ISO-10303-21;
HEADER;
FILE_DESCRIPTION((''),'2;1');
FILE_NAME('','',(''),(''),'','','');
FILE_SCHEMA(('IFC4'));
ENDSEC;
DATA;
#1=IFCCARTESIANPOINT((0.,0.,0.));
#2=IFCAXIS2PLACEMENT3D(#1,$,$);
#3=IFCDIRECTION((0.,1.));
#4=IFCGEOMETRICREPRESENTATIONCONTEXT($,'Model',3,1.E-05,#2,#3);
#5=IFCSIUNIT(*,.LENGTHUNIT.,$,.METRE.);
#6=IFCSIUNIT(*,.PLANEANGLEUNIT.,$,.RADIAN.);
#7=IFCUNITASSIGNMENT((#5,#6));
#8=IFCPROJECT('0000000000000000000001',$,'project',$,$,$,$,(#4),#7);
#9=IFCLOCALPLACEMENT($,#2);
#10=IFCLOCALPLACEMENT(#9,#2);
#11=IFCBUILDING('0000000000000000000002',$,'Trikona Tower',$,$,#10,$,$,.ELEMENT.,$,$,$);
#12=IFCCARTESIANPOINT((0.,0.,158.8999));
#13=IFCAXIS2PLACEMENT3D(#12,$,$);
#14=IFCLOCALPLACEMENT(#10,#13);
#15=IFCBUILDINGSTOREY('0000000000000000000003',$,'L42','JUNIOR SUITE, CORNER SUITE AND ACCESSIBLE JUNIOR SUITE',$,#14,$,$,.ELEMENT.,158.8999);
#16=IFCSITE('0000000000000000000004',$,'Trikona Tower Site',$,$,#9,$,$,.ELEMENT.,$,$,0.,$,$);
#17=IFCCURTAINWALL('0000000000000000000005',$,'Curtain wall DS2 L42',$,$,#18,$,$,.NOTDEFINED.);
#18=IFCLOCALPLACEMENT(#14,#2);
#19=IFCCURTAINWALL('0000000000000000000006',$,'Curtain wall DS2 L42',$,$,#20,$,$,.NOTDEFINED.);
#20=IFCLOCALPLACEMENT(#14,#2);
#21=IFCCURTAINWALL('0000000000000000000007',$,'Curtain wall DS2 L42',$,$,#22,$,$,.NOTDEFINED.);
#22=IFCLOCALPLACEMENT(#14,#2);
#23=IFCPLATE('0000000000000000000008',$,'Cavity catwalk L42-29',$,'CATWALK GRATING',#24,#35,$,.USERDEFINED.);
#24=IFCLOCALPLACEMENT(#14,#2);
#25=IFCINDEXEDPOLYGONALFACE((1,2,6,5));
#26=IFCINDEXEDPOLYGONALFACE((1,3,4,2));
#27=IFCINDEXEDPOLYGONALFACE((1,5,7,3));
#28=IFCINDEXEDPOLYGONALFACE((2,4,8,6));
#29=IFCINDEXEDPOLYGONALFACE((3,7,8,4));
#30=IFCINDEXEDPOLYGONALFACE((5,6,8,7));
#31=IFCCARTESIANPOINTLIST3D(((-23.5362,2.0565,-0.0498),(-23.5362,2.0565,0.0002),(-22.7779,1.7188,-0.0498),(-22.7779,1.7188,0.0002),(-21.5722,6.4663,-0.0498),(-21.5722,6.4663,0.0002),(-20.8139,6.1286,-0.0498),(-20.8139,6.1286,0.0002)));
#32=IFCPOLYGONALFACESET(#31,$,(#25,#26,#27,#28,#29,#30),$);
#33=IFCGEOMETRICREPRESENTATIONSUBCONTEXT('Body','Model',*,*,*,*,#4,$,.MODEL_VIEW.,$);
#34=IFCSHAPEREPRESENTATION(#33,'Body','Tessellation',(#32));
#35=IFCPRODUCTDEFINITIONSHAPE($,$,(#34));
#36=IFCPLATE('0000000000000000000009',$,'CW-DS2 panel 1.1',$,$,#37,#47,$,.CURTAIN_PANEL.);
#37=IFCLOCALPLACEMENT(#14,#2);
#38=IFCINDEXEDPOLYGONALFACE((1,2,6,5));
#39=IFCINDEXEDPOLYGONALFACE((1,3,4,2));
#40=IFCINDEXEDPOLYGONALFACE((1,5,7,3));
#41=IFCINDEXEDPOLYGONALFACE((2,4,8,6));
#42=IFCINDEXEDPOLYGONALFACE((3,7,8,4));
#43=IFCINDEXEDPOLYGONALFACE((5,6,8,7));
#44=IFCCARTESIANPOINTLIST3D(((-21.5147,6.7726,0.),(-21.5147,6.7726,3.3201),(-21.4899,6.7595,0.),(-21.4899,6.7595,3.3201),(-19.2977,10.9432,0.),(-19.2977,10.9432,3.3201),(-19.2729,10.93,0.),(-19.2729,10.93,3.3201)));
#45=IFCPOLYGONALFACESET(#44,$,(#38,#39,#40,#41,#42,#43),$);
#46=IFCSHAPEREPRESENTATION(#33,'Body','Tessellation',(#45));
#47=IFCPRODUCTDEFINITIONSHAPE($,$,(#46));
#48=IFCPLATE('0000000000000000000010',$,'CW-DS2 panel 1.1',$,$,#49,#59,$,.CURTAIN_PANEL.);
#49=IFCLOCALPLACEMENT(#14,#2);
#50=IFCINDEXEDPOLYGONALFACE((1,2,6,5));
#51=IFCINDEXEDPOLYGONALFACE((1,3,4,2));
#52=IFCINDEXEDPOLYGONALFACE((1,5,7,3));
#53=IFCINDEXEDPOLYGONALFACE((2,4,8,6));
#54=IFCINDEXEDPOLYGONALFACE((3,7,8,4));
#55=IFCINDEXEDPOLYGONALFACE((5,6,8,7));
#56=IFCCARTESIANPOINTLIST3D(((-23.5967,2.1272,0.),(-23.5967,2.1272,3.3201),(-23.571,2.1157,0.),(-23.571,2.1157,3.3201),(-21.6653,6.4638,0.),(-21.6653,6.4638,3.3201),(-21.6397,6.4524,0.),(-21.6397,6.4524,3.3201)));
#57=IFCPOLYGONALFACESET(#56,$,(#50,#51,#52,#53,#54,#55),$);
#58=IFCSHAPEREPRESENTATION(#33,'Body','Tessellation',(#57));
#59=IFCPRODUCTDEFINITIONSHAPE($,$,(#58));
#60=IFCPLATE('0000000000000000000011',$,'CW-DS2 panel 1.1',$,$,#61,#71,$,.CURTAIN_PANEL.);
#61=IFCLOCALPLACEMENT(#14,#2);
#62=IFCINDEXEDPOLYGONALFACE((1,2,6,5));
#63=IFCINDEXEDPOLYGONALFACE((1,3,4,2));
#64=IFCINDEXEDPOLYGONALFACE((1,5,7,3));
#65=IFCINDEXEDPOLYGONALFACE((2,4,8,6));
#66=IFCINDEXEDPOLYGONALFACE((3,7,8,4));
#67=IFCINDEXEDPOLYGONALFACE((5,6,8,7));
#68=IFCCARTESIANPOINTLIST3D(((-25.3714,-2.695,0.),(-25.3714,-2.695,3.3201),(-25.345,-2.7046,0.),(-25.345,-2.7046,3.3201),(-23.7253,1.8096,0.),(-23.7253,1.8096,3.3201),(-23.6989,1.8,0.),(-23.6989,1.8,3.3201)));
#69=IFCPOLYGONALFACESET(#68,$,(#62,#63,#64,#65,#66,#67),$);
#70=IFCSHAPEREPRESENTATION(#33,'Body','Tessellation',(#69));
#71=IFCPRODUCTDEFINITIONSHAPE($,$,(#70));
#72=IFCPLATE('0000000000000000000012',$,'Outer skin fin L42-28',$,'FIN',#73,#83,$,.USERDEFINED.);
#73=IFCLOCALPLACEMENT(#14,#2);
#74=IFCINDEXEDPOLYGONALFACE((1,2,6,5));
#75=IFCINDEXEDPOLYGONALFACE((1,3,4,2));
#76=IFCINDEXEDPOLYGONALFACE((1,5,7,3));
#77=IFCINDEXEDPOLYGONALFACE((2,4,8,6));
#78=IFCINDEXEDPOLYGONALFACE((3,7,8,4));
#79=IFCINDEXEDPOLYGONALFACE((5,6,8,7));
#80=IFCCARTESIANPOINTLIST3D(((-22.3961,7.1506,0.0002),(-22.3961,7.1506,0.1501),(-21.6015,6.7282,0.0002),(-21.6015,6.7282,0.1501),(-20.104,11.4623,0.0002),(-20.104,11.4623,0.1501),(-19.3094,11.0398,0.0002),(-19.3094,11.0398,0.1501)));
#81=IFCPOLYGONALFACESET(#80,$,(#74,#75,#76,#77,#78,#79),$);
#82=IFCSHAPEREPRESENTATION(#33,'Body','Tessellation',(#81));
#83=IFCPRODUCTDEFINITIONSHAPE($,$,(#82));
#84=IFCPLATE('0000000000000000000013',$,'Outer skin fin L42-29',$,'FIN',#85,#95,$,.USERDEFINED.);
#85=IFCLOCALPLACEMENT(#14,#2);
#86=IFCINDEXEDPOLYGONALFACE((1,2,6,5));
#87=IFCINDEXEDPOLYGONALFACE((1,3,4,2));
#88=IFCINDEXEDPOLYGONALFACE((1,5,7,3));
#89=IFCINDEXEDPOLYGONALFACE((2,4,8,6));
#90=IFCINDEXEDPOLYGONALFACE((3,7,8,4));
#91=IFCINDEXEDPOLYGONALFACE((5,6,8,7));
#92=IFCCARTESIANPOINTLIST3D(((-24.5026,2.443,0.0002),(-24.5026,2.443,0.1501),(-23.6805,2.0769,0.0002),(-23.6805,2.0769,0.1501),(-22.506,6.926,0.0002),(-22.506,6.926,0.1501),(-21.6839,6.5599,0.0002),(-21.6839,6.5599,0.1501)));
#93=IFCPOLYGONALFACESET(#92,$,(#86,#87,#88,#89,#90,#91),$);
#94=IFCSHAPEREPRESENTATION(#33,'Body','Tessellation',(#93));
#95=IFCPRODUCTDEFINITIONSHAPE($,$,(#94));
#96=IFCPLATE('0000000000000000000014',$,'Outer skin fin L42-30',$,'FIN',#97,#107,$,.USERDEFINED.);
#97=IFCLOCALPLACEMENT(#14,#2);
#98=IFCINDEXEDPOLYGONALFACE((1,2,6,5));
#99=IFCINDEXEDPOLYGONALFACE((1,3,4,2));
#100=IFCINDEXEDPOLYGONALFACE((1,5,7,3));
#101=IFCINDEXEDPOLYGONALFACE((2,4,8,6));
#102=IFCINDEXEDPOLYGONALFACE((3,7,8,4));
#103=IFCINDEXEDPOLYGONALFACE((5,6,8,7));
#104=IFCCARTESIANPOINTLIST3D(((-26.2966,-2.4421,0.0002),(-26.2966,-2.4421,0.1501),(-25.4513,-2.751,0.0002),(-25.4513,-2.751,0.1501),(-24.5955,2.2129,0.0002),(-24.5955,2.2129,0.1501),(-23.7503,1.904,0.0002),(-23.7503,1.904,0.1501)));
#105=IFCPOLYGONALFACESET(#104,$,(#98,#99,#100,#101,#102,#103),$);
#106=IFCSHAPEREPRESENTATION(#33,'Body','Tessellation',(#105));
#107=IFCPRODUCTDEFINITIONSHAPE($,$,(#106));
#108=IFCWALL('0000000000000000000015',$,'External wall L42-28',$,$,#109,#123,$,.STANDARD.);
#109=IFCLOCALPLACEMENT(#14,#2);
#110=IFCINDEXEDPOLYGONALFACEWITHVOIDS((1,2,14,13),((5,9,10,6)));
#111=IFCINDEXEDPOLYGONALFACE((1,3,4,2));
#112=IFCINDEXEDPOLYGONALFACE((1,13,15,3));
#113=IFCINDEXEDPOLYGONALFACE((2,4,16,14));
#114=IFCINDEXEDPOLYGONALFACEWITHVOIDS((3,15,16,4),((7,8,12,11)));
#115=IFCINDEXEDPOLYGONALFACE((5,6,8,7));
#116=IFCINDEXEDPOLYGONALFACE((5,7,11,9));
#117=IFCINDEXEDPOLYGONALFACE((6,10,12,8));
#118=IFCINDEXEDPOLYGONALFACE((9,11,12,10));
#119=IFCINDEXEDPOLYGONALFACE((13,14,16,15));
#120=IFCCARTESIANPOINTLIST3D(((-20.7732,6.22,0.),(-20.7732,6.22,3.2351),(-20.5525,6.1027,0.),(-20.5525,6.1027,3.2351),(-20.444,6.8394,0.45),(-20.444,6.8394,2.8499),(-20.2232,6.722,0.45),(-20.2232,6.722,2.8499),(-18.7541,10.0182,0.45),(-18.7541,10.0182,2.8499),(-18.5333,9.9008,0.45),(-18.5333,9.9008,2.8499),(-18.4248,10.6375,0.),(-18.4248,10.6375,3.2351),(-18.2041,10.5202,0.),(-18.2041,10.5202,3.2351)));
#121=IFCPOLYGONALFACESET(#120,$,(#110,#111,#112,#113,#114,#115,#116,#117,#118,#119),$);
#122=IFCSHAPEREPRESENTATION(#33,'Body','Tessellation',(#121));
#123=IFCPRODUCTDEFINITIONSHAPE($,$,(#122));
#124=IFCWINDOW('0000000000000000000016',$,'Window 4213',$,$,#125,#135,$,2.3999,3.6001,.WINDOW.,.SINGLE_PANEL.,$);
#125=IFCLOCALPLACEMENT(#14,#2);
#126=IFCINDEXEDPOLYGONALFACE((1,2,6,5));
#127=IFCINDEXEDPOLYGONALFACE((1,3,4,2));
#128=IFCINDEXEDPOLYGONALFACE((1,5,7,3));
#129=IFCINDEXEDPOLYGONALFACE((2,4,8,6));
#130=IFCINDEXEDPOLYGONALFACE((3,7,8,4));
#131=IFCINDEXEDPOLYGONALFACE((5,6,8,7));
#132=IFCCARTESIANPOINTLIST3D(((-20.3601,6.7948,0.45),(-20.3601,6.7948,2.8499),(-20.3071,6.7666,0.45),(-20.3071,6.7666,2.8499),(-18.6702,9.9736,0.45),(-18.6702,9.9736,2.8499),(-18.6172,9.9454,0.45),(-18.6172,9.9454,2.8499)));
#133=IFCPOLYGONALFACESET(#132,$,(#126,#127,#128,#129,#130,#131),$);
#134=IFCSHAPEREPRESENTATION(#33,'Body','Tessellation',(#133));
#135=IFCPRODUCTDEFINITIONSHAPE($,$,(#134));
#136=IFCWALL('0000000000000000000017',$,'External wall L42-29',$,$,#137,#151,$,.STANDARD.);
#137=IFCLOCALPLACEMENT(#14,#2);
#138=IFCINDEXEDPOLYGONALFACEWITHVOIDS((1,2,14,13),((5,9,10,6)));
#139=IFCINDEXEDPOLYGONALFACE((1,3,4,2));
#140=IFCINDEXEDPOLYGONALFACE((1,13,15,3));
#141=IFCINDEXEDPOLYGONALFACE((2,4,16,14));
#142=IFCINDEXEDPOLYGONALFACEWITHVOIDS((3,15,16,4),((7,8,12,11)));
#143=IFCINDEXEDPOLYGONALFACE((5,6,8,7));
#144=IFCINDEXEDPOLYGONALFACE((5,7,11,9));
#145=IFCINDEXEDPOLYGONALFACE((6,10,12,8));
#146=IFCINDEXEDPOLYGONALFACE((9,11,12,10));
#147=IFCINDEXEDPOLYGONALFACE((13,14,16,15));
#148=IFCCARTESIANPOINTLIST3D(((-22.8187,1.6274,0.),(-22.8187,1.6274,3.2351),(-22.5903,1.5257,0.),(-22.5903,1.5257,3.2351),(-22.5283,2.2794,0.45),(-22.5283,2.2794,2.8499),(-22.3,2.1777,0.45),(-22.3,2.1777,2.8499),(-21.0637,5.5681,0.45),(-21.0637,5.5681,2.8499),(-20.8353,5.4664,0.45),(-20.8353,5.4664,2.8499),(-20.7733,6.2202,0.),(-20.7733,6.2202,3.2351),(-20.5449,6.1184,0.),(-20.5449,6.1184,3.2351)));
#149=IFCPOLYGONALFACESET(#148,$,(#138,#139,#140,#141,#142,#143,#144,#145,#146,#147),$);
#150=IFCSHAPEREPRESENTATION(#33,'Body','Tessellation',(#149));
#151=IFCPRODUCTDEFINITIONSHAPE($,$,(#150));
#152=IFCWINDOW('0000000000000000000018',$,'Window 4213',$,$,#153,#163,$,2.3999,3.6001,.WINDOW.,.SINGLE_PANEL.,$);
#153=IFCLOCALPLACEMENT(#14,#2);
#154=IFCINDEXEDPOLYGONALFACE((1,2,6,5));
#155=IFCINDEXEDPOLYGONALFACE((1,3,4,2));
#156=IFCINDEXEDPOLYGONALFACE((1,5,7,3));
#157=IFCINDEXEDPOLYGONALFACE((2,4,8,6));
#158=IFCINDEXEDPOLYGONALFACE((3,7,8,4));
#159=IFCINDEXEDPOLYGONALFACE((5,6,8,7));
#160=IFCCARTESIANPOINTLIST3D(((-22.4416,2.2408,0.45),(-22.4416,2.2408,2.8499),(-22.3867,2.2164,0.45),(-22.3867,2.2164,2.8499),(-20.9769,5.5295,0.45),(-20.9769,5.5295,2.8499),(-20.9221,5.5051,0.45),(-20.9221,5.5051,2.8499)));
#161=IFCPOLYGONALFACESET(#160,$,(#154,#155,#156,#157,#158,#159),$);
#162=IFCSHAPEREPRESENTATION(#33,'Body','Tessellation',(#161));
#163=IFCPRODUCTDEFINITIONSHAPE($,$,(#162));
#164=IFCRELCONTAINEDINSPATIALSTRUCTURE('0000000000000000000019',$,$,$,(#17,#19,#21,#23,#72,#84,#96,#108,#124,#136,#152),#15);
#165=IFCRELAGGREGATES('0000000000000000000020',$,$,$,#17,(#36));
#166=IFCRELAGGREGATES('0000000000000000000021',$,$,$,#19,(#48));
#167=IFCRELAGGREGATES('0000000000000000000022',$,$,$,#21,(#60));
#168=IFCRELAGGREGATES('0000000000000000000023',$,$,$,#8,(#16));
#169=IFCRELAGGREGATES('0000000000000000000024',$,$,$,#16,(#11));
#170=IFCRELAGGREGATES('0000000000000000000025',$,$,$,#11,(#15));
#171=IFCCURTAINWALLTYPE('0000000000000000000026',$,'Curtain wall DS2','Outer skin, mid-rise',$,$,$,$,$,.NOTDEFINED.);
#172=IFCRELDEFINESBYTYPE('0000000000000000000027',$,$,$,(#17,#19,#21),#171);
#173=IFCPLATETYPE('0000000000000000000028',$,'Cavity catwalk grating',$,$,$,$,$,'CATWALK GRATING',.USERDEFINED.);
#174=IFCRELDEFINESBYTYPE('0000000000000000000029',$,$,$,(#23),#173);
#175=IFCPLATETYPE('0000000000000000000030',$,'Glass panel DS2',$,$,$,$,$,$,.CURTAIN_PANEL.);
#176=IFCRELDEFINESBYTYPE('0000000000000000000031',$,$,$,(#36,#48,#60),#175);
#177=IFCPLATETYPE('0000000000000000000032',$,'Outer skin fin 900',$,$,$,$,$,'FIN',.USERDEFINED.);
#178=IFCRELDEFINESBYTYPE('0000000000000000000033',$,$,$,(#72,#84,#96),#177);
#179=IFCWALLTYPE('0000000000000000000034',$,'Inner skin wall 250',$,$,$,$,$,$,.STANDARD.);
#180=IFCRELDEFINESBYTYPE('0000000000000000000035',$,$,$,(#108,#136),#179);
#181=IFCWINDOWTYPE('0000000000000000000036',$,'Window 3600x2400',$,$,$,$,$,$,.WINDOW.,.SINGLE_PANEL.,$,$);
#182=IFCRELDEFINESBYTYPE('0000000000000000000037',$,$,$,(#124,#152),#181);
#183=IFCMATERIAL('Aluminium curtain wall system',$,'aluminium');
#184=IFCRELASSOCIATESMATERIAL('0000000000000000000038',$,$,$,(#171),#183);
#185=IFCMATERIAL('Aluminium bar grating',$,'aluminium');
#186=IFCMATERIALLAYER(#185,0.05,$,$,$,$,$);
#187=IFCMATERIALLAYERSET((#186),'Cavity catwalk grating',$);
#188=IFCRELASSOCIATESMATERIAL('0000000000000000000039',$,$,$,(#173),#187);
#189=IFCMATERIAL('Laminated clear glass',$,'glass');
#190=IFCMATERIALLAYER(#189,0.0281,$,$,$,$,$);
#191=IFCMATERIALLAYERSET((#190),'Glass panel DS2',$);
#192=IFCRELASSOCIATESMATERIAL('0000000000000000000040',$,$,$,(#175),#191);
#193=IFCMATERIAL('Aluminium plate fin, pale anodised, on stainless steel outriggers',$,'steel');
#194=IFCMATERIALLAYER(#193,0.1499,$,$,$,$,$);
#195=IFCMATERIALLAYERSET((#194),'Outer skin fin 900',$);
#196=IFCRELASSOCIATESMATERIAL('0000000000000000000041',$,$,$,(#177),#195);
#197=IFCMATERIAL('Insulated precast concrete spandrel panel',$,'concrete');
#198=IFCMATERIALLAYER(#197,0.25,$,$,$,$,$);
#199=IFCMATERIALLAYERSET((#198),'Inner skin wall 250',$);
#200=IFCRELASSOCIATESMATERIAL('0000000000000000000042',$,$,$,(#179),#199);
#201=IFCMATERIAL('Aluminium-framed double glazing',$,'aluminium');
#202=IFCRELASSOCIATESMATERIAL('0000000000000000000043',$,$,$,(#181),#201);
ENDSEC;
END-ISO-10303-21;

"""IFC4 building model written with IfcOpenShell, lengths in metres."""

from ifc_helpers import new_model, si_unit, direction, frame, frame_2d, origin, origin_2d, place, context, subcontext, project, spatial, rectangle, extrude, material, layer, layer_set, type_object, element, fill, aggregate, save


model = new_model("IFC4")

# Units and contexts
model_context = context("Model", 3, precision=1e-05, world=origin(), true_north=direction((0.0, 1.0)))
body_context = subcontext(model_context, "Body", "Model", "MODEL_VIEW")
ifc_project = project(units=[si_unit("LENGTHUNIT", "METRE"), si_unit("PLANEANGLEUNIT", "RADIAN")], contexts=[model_context])

# Site, building, storey
site_placement = place(None, origin())
site = spatial("IfcSite", under=ifc_project, at=site_placement, Name="Trikona Tower Site", CompositionType="ELEMENT", RefElevation=0.0)
building_placement = place(site_placement, origin())
building = spatial("IfcBuilding", under=site, at=building_placement, Name="Trikona Tower", CompositionType="ELEMENT")
storey_placement = place(building_placement, frame((0.0, 0.0, 158.8999)))
storey = spatial("IfcBuildingStorey", under=building, at=storey_placement, Name="L42", Description="JUNIOR SUITE, CORNER SUITE AND ACCESSIBLE JUNIOR SUITE", CompositionType="ELEMENT", Elevation=158.8999)

# Shared definitions
ifc_material_1 = material(Name="Aluminium curtain wall system", Category="aluminium")
curtain_wall_type = type_object("IfcCurtainWallType", Name="Curtain wall DS2", Description="Outer skin, mid-rise", PredefinedType="NOTDEFINED", material=ifc_material_1)

# Curtain walls
curtain_wall_1_placement = place(storey_placement, origin())
curtain_wall_1 = element("IfcCurtainWall", 1, at=curtain_wall_1_placement, inside=storey, type_object=curtain_wall_type, Name="Curtain wall DS2 L42", PredefinedType="NOTDEFINED")
curtain_wall_2_placement = place(storey_placement, origin())
curtain_wall_2 = element("IfcCurtainWall", 2, at=curtain_wall_2_placement, inside=storey, type_object=curtain_wall_type, Name="Curtain wall DS2 L42", PredefinedType="NOTDEFINED")

# Curtain wall
curtain_wall_3_placement = place(storey_placement, origin())
curtain_wall_3 = element("IfcCurtainWall", 3, at=curtain_wall_3_placement, inside=storey, type_object=curtain_wall_type, Name="Curtain wall DS2 L42", PredefinedType="NOTDEFINED")

# Plate
ifc_material_2 = material(Name="Aluminium bar grating", Category="aluminium")
ifc_layer_1 = layer(ifc_material_2, 0.05)
ifc_layer_set_1 = layer_set([ifc_layer_1], Name="Cavity catwalk grating")
plate_type_1 = type_object("IfcPlateType", Name="Cavity catwalk grating", ElementType="CATWALK GRATING", PredefinedType="USERDEFINED", material=ifc_layer_set_1)
plate_1_placement = place(storey_placement, frame((-22.175, 4.0925, -0.0498), z_axis=(0.0, 0.0, 1.0), x_axis=(-0.406843, -0.913498, 0.0)))
element("IfcPlate", 4, at=plate_1_placement, inside=storey, type_object=plate_type_1, Name="Cavity catwalk L42-29", ObjectType="CATWALK GRATING", PredefinedType="USERDEFINED", context=body_context, shape_type="SweptSolid", body=[
    extrude(rectangle(XDim=4.8274, YDim=0.8301, at=origin_2d()), origin(), (0.0, 0.0, 1.0), 0.05),
])

# Plates
ifc_material_3 = material(Name="Laminated clear glass", Category="glass")
ifc_layer_2 = layer(ifc_material_3, 0.0281)
ifc_layer_set_2 = layer_set([ifc_layer_2], Name="Glass panel DS2")
plate_type_2 = type_object("IfcPlateType", Name="Glass panel DS2", PredefinedType="CURTAIN_PANEL", material=ifc_layer_set_2)
plate_2_placement = place(storey_placement, frame((-20.3938, 8.8513, 0.0), z_axis=(0.0, 0.0, 1.0), x_axis=(-0.46938, -0.882996, 0.0)))
plate_2 = element("IfcPlate", 5, at=plate_2_placement, type_object=plate_type_2, Name="CW-DS2 panel 1.1", PredefinedType="CURTAIN_PANEL", context=body_context, shape_type="SweptSolid", body=[
    extrude(rectangle(XDim=4.7231, YDim=0.0281, at=origin_2d()), origin(), (0.0, 0.0, 1.0), 3.3201),
])
aggregate(curtain_wall_1, [plate_2])
plate_3_placement = place(storey_placement, frame((-22.6182, 4.2898, 0.0), z_axis=(0.0, 0.0, 1.0), x_axis=(-0.406836, -0.913501, 0.0)))
plate_3 = element("IfcPlate", 6, at=plate_3_placement, type_object=plate_type_2, Name="CW-DS2 panel 1.1", PredefinedType="CURTAIN_PANEL", context=body_context, shape_type="SweptSolid", body=[
    extrude(rectangle(XDim=4.7473, YDim=0.0281, at=origin_2d()), origin(), (0.0, 0.0, 1.0), 3.3201),
])
aggregate(curtain_wall_2, [plate_3])
plate_4_placement = place(storey_placement, frame((-24.5352, -0.4475, 0.0), z_axis=(0.0, 0.0, 1.0), x_axis=(-0.343223, -0.939254, 0.0)))
plate_4 = element("IfcPlate", 7, at=plate_4_placement, type_object=plate_type_2, Name="CW-DS2 panel 1.1", PredefinedType="CURTAIN_PANEL", context=body_context, shape_type="SweptSolid", body=[
    extrude(rectangle(XDim=4.7959, YDim=0.0281, at=origin_2d()), origin(), (0.0, 0.0, 1.0), 3.3201),
])
aggregate(curtain_wall_3, [plate_4])

# Plates
ifc_material_4 = material(Name="Aluminium plate fin, pale anodised, on stainless steel outriggers", Category="steel")
ifc_layer_3 = layer(ifc_material_4, 0.1499)
ifc_layer_set_3 = layer_set([ifc_layer_3], Name="Outer skin fin 900")
plate_type_3 = type_object("IfcPlateType", Name="Outer skin fin 900", ElementType="FIN", PredefinedType="USERDEFINED", material=ifc_layer_set_3)
plate_5_placement = place(storey_placement, frame((-20.8528, 9.0952, 0.0002), z_axis=(0.0, 0.0, 1.0), x_axis=(-0.469398, -0.882987, 0.0)))
element("IfcPlate", 8, at=plate_5_placement, inside=storey, type_object=plate_type_3, Name="Outer skin fin L42-28", ObjectType="FIN", PredefinedType="USERDEFINED", context=body_context, shape_type="SweptSolid", body=[
    extrude(rectangle(XDim=4.8831, YDim=0.8999, at=origin_2d()), origin(), (0.0, 0.0, 1.0), 0.1499),
])
plate_6_placement = place(storey_placement, frame((-23.0933, 4.5015, 0.0002), z_axis=(0.0, 0.0, 1.0), x_axis=(-0.406843, -0.913498, 0.0)))
element("IfcPlate", 9, at=plate_6_placement, inside=storey, type_object=plate_type_3, Name="Outer skin fin L42-29", ObjectType="FIN", PredefinedType="USERDEFINED", context=body_context, shape_type="SweptSolid", body=[
    extrude(rectangle(XDim=4.9075, YDim=0.8999, at=origin_2d()), origin(), (0.0, 0.0, 1.0), 0.1499),
])
plate_7_placement = place(storey_placement, frame((-25.0234, -0.269, 0.0002), z_axis=(0.0, 0.0, 1.0), x_axis=(-0.34322, -0.939255, 0.0)))
element("IfcPlate", 10, at=plate_7_placement, inside=storey, type_object=plate_type_3, Name="Outer skin fin L42-30", ObjectType="FIN", PredefinedType="USERDEFINED", context=body_context, shape_type="SweptSolid", body=[
    extrude(rectangle(XDim=4.9561, YDim=0.8999, at=origin_2d()), origin(), (0.0, 0.0, 1.0), 0.1499),
])

# Walls, openings, windows
ifc_material_5 = material(Name="Insulated precast concrete spandrel panel", Category="concrete")
ifc_layer_4 = layer(ifc_material_5, 0.25)
ifc_layer_set_4 = layer_set([ifc_layer_4], Name="Inner skin wall 250")
wall_type = type_object("IfcWallType", Name="Inner skin wall 250", PredefinedType="STANDARD", material=ifc_layer_set_4)
wall_1_placement = place(storey_placement, frame((-18.3145, 10.5789, 0.0), z_axis=(0.0, 0.0, 1.0), x_axis=(-0.469405, -0.882983, 0.0)))
wall_1 = element("IfcWall", 11, at=wall_1_placement, inside=storey, type_object=wall_type, Name="External wall L42-28", PredefinedType="STANDARD", context=body_context, shape_type="SweptSolid", body=[
    extrude(rectangle(XDim=5.0029, YDim=0.25, at=frame_2d((2.5015, 0.0))), origin(), (0.0, 0.0, 1.0), 3.2351),
])
opening_1_placement = place(wall_1_placement, frame((0.7014, 0.0, 0.45)))
opening_1 = element("IfcOpeningElement", 12, at=opening_1_placement, cuts=wall_1, PredefinedType="OPENING", context=body_context, shape_type="SweptSolid", body=[
    extrude(rectangle(XDim=3.6001, YDim=2.3999, at=frame_2d((1.8, 1.2))), frame((0.0, 0.135, 0.0), z_axis=(0.0, -1.0, 0.0), x_axis=(1.0, 0.0, 0.0)), (0.0, 0.0, 1.0), 0.27),
])
ifc_material_6 = material(Name="Aluminium-framed double glazing", Category="aluminium")
window_type = type_object("IfcWindowType", Name="Window 3600x2400", PartitioningType="SINGLE_PANEL", PredefinedType="WINDOW", material=ifc_material_6)
window_1_placement = place(opening_1_placement, origin())
window_1 = element("IfcWindow", 13, at=window_1_placement, inside=storey, type_object=window_type, Name="Window 4213", OverallHeight=2.3999, OverallWidth=3.6001, PartitioningType="SINGLE_PANEL", PredefinedType="WINDOW", context=body_context, shape_type="SweptSolid", body=[
    extrude(rectangle(XDim=3.6001, YDim=2.3999, at=frame_2d((1.8, 1.2))), frame((0.0, 0.03, 0.0), z_axis=(0.0, -1.0, 0.0), x_axis=(1.0, 0.0, 0.0)), (0.0, 0.0, 1.0), 0.0601),
])
fill(opening_1, window_1)
wall_2_placement = place(storey_placement, frame((-20.6592, 6.1692, 0.0), z_axis=(0.0, 0.0, 1.0), x_axis=(-0.406832, -0.913503, 0.0)))
wall_2 = element("IfcWall", 14, at=wall_2_placement, inside=storey, type_object=wall_type, Name="External wall L42-29", PredefinedType="STANDARD", context=body_context, shape_type="SweptSolid", body=[
    extrude(rectangle(XDim=5.0276, YDim=0.25, at=frame_2d((2.5137, 0.0))), origin(), (0.0, 0.0, 1.0), 3.2351),
])
opening_2_placement = place(wall_2_placement, frame((0.7136, 0.0, 0.45)))
opening_2 = element("IfcOpeningElement", 15, at=opening_2_placement, cuts=wall_2, PredefinedType="OPENING", context=body_context, shape_type="SweptSolid", body=[
    extrude(rectangle(XDim=3.6001, YDim=2.3999, at=frame_2d((1.8, 1.2))), frame((0.0, 0.135, 0.0), z_axis=(0.0, -1.0, 0.0), x_axis=(1.0, 0.0, 0.0)), (0.0, 0.0, 1.0), 0.27),
])
window_2_placement = place(opening_2_placement, origin())
window_2 = element("IfcWindow", 16, at=window_2_placement, inside=storey, type_object=window_type, Name="Window 4213", OverallHeight=2.3999, OverallWidth=3.6001, PartitioningType="SINGLE_PANEL", PredefinedType="WINDOW", context=body_context, shape_type="SweptSolid", body=[
    extrude(rectangle(XDim=3.6001, YDim=2.3999, at=frame_2d((1.8, 1.2))), frame((0.0, 0.03, 0.0), z_axis=(0.0, -1.0, 0.0), x_axis=(1.0, 0.0, 0.0)), (0.0, 0.0, 1.0), 0.0601),
])
fill(opening_2, window_2)

save(model, "model.ifc")
